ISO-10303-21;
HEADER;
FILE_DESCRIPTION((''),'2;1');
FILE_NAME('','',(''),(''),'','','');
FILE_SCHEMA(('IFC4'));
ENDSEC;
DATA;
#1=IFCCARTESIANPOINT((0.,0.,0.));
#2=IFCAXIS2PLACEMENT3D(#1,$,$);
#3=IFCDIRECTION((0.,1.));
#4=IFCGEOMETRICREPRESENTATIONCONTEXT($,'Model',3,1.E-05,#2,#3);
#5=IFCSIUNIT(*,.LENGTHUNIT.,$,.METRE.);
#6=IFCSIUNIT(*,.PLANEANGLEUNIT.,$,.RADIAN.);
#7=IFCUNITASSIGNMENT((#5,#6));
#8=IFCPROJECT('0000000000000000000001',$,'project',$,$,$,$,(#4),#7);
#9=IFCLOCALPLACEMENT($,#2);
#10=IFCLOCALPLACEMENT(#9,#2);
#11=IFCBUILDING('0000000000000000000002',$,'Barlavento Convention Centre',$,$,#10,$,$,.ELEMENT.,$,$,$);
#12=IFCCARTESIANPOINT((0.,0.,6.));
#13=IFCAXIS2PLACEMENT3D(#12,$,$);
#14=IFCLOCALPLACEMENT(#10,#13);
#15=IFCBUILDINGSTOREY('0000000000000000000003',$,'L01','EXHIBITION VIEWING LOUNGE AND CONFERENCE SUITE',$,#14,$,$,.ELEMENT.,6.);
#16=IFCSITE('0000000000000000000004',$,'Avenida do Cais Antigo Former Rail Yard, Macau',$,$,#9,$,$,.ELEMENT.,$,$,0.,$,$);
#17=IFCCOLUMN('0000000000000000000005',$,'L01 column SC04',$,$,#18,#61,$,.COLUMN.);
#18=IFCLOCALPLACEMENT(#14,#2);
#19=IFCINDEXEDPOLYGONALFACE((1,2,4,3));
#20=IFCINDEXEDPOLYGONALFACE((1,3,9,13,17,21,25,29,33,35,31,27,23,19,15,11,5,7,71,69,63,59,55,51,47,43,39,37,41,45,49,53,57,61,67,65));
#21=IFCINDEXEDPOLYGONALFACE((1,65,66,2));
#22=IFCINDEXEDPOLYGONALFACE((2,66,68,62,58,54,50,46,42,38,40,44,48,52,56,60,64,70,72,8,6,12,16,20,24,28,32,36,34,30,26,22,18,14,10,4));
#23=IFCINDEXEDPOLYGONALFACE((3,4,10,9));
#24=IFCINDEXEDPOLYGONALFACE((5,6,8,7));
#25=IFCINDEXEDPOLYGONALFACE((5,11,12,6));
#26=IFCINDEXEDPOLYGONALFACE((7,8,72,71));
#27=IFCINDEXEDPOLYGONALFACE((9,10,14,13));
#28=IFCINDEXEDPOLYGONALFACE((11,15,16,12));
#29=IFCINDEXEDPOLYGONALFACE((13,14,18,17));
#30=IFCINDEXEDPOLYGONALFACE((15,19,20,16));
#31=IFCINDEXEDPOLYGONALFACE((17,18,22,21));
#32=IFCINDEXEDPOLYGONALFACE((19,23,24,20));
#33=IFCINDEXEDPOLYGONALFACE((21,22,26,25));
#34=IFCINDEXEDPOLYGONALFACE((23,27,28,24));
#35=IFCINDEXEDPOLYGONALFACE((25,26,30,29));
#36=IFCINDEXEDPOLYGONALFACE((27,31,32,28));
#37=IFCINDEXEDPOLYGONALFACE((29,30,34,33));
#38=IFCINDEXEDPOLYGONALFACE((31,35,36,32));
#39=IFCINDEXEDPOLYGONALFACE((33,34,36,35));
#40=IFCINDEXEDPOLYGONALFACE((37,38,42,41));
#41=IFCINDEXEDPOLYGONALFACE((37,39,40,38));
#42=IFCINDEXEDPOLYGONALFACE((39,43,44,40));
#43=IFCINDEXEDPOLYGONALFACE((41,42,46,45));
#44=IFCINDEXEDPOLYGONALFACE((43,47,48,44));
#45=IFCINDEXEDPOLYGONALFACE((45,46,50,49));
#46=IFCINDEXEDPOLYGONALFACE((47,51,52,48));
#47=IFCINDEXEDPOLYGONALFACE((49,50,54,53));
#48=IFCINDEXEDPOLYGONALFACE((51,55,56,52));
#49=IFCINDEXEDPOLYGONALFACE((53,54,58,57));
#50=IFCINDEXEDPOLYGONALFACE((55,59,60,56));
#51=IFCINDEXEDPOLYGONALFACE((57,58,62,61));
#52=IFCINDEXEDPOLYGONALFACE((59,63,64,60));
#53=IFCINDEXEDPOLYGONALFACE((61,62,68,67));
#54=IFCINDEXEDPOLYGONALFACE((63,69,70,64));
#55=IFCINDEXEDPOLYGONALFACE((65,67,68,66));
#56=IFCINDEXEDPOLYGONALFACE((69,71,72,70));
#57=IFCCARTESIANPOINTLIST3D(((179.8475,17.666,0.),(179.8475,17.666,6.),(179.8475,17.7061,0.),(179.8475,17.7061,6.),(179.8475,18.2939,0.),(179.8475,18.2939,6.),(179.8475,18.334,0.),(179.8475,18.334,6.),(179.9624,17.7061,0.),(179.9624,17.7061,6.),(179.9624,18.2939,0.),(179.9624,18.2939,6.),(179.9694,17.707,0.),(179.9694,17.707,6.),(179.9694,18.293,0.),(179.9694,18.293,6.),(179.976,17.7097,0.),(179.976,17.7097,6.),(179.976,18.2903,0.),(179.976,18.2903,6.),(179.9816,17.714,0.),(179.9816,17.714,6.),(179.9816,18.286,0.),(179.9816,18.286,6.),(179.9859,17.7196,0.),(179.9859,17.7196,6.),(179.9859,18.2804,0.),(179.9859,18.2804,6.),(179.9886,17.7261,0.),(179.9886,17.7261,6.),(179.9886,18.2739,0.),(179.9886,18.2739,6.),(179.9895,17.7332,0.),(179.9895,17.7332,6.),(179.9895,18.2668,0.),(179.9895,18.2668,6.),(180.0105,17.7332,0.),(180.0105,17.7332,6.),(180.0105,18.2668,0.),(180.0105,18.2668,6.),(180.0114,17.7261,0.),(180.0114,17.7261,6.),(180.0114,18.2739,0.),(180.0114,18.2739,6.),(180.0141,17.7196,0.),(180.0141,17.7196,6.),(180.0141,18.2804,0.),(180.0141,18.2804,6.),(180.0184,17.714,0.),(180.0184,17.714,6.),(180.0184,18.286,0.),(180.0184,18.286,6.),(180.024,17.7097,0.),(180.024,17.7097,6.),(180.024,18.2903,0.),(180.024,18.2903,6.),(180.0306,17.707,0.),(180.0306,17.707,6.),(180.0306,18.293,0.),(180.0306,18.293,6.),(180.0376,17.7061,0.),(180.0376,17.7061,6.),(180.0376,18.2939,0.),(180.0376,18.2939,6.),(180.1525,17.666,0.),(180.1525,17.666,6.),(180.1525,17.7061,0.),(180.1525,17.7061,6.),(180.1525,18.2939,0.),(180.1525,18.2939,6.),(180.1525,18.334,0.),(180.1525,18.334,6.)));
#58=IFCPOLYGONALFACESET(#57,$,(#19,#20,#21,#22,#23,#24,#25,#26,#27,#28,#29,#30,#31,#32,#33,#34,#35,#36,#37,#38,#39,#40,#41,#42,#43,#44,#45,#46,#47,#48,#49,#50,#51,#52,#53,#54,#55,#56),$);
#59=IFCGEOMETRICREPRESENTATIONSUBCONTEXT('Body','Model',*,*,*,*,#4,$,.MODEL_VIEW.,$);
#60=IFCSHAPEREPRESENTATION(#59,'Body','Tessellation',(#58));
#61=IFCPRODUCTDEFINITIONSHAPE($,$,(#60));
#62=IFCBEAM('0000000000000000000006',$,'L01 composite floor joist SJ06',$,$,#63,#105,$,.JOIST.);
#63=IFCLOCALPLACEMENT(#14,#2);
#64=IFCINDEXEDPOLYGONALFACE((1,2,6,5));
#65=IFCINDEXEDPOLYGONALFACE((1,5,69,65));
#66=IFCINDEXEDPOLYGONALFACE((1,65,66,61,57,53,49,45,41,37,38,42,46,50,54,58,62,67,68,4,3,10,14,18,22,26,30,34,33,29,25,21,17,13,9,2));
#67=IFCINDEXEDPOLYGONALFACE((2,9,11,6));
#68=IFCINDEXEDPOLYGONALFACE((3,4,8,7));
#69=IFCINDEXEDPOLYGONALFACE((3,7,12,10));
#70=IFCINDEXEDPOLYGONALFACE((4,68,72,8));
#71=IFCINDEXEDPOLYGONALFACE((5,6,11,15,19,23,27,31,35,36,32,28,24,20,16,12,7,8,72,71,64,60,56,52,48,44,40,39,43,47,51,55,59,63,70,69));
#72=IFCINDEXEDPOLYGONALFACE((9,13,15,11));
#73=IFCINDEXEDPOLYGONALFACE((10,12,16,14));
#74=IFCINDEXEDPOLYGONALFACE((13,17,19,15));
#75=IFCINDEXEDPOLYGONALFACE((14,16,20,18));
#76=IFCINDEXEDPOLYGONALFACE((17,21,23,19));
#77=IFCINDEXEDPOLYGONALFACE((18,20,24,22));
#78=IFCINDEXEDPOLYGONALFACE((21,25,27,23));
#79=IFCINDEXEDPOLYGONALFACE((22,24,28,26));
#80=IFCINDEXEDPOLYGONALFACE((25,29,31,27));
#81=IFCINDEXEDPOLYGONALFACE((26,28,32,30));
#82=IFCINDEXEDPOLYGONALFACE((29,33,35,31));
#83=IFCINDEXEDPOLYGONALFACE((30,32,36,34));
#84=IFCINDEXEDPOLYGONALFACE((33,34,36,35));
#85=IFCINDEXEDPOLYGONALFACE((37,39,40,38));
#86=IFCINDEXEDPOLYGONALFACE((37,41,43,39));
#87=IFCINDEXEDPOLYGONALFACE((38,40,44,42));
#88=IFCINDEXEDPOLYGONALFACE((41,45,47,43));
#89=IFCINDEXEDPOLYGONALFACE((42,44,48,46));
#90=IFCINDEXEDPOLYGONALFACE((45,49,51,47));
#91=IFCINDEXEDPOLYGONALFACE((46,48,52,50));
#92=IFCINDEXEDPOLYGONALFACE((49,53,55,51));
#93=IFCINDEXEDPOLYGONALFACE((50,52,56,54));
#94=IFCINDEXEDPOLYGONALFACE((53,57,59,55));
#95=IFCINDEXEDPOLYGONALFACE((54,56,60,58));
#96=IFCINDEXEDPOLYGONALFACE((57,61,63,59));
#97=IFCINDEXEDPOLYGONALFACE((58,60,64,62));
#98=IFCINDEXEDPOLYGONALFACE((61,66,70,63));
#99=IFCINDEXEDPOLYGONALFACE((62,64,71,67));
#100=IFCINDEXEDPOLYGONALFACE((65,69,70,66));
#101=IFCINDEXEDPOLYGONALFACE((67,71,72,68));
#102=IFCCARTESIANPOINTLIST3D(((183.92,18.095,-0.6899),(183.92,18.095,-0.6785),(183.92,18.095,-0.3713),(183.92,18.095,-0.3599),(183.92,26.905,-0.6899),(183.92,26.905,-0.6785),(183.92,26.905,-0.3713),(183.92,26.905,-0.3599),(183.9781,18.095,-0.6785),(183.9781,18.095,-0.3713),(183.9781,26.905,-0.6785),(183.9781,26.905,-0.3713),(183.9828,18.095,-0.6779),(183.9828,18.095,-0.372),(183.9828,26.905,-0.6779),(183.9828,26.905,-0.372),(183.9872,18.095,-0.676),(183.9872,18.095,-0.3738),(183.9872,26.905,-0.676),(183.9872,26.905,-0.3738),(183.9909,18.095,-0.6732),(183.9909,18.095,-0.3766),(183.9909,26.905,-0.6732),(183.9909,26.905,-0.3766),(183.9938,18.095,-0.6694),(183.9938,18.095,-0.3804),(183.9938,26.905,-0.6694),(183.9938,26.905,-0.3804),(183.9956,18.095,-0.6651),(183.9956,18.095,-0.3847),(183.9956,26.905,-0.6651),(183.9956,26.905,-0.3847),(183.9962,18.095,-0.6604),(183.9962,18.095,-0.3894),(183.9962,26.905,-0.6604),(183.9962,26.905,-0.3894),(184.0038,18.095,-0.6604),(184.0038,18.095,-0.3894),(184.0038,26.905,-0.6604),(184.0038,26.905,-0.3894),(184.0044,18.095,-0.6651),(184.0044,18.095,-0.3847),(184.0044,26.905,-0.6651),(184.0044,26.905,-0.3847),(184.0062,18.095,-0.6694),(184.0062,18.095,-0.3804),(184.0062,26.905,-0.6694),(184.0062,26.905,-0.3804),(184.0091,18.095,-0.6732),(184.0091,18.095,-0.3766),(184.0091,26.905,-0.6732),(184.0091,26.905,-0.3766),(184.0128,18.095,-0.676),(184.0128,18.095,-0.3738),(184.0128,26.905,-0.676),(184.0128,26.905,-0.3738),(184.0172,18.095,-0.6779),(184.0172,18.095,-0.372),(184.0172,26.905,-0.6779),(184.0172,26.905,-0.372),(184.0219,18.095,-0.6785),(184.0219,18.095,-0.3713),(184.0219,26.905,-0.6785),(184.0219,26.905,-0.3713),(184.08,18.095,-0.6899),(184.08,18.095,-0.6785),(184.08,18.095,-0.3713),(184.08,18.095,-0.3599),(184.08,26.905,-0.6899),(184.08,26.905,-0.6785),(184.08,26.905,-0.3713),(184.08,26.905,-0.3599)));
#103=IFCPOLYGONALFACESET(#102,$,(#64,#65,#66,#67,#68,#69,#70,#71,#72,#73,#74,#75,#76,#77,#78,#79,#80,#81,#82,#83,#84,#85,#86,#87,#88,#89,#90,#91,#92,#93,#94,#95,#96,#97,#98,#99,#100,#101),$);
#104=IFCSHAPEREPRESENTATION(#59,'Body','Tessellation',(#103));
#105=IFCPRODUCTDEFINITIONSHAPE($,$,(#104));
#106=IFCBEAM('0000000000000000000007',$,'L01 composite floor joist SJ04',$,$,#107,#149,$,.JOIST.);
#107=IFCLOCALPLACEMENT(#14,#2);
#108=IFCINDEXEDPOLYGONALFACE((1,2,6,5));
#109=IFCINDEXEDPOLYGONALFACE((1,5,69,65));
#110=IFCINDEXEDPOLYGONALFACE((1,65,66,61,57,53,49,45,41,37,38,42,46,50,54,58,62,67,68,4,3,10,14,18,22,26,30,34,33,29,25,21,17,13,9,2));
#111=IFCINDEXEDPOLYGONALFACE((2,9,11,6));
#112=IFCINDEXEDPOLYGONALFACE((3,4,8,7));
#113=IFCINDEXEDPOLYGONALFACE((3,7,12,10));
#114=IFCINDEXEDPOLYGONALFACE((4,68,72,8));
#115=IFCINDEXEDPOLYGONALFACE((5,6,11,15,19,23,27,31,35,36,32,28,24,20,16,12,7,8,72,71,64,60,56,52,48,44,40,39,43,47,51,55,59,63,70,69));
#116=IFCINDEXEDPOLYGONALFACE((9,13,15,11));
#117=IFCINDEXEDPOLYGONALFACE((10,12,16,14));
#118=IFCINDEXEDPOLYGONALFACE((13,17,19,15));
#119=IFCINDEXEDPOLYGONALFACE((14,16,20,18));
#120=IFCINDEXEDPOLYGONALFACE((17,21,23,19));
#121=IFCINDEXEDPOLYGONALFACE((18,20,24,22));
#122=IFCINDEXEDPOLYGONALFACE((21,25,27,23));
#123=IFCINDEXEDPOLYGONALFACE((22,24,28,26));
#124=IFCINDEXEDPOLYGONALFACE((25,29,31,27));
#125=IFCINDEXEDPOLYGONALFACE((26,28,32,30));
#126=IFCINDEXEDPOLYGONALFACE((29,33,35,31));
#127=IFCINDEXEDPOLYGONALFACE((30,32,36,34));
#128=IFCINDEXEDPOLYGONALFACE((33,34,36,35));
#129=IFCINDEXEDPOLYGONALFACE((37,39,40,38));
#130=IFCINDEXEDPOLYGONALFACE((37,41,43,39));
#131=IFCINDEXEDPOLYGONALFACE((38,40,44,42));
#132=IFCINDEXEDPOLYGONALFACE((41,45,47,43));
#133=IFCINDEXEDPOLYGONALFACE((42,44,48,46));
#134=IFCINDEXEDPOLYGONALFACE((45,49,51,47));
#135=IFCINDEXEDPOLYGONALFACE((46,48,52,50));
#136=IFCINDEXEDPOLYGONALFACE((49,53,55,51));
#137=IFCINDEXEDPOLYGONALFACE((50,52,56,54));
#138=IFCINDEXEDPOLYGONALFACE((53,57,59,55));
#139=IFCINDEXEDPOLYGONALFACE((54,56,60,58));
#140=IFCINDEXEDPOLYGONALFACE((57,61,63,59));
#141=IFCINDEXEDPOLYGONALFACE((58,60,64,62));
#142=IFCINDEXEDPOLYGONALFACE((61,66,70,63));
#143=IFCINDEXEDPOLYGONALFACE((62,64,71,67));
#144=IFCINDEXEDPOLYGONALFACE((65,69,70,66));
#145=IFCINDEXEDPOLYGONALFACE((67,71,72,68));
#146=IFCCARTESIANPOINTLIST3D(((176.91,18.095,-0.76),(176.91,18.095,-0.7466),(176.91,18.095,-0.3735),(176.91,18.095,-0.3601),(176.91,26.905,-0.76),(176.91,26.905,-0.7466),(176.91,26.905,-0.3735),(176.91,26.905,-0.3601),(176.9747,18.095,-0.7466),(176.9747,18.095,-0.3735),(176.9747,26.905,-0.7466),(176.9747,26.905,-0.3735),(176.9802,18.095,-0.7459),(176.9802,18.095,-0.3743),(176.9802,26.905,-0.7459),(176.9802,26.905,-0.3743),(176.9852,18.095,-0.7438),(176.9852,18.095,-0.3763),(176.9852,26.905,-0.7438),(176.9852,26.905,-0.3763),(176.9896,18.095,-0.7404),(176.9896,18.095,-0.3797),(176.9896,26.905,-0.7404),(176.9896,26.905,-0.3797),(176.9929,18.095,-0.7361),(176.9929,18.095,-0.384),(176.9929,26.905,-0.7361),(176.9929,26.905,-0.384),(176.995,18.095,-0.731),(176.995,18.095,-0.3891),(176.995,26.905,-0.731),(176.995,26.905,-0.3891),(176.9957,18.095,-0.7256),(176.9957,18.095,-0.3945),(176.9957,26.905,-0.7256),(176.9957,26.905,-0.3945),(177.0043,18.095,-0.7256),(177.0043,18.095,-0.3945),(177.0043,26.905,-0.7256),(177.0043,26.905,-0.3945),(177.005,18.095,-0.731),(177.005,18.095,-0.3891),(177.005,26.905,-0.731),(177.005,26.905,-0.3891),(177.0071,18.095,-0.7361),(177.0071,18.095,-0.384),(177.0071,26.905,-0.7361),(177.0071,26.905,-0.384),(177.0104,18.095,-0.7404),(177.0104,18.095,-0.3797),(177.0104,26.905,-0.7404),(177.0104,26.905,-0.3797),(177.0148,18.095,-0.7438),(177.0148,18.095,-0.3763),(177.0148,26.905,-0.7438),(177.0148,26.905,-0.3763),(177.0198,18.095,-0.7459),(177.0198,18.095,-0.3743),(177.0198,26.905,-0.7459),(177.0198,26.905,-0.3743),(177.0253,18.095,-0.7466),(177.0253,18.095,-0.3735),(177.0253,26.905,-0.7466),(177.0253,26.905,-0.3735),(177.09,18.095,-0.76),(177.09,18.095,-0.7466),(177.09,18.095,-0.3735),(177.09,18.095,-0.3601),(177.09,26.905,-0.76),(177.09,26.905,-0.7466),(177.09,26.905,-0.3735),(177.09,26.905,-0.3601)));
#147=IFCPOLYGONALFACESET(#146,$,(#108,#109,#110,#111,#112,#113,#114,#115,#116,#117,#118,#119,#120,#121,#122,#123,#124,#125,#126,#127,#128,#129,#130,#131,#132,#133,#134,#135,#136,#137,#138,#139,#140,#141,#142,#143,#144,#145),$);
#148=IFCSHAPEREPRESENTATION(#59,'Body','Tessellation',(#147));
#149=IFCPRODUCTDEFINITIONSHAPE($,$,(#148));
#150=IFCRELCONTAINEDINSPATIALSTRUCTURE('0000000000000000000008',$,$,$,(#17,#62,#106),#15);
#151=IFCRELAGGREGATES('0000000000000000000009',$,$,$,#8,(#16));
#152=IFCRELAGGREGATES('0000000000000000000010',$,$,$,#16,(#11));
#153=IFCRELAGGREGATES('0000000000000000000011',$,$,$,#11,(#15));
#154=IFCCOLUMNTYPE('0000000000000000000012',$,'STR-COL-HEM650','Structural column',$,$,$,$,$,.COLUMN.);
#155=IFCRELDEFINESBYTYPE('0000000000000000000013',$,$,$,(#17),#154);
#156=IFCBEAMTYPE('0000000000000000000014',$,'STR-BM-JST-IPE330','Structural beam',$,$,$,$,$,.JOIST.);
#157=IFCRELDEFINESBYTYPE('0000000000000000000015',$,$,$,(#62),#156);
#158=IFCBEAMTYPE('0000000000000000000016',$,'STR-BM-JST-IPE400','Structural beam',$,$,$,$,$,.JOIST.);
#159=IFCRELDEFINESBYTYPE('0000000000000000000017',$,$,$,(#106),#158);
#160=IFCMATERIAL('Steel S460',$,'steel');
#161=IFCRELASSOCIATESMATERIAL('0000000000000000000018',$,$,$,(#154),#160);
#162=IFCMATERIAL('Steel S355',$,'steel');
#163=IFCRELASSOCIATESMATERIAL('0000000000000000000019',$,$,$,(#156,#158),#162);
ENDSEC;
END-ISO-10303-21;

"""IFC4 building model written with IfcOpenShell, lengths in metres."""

from ifc_helpers import new_model, si_unit, direction, frame, origin, origin_2d, place, context, subcontext, project, spatial, i_section, extrude, material, material_profile, profile_set, type_object, element, save


model = new_model("IFC4")

# Units and contexts
model_context = context("Model", 3, precision=1e-05, world=origin(), true_north=direction((0.0, 1.0)))
body_context = subcontext(model_context, "Body", "Model", "MODEL_VIEW")
ifc_project = project(units=[si_unit("LENGTHUNIT", "METRE"), si_unit("PLANEANGLEUNIT", "RADIAN")], contexts=[model_context])

# Site, building, storey
site_placement = place(None, origin())
site = spatial("IfcSite", under=ifc_project, at=site_placement, Name="Avenida do Cais Antigo Former Rail Yard, Macau", CompositionType="ELEMENT", RefElevation=0.0)
building_placement = place(site_placement, origin())
building = spatial("IfcBuilding", under=site, at=building_placement, Name="Barlavento Convention Centre", CompositionType="ELEMENT")
storey_placement = place(building_placement, frame((0.0, 0.0, 6.0)))
storey = spatial("IfcBuildingStorey", under=building, at=storey_placement, Name="L01", Description="EXHIBITION VIEWING LOUNGE AND CONFERENCE SUITE", CompositionType="ELEMENT", Elevation=6.0)

# Column
ifc_material_1 = material(Name="Steel S460", Category="steel")
ifc_material_profile_1 = material_profile(ifc_material_1, i_section(OverallWidth=0.3049, OverallDepth=0.668, WebThickness=0.021, FlangeThickness=0.04, FilletRadius=0.0271, at=origin_2d()), Name="HEM 650")
ifc_profile_set_1 = profile_set([ifc_material_profile_1], Name="Steel S460")
column_type = type_object("IfcColumnType", Name="STR-COL-HEM650", Description="Structural column", PredefinedType="COLUMN", material=ifc_profile_set_1)
column_placement = place(storey_placement, frame((180.0, 18.0, 0.0), z_axis=(0.0, 0.0, 1.0), x_axis=(1.0, 0.0, 0.0)))
element("IfcColumn", 1, at=column_placement, inside=storey, type_object=column_type, Name="L01 column SC04", PredefinedType="COLUMN", context=body_context, shape_type="SweptSolid", body=[
    extrude(i_section(OverallWidth=0.3049, OverallDepth=0.668, WebThickness=0.021, FlangeThickness=0.04, FilletRadius=0.0271, at=origin_2d()), origin(), (0.0, 0.0, 1.0), 6.0),
])

# Beams
ifc_material_2 = material(Name="Steel S355", Category="steel")
ifc_material_profile_2 = material_profile(ifc_material_2, i_section(OverallWidth=0.1599, OverallDepth=0.3301, WebThickness=0.0076, FlangeThickness=0.0115, FilletRadius=0.0181, at=origin_2d()), Name="IPE 330")
ifc_profile_set_2 = profile_set([ifc_material_profile_2], Name="Steel S355")
beam_type_1 = type_object("IfcBeamType", Name="STR-BM-JST-IPE330", Description="Structural beam", PredefinedType="JOIST", material=ifc_profile_set_2)
beam_1_placement = place(storey_placement, frame((184.0, 18.095, -0.5249), z_axis=(0.0, 1.0, 0.0), x_axis=(-1.0, 0.0, 0.0)))
element("IfcBeam", 2, at=beam_1_placement, inside=storey, type_object=beam_type_1, Name="L01 composite floor joist SJ06", PredefinedType="JOIST", context=body_context, shape_type="SweptSolid", body=[
    extrude(i_section(OverallWidth=0.1599, OverallDepth=0.3301, WebThickness=0.0076, FlangeThickness=0.0115, FilletRadius=0.0181, at=origin_2d()), origin(), (0.0, 0.0, 1.0), 8.8101),
])
ifc_material_profile_3 = material_profile(ifc_material_2, i_section(OverallWidth=0.1799, OverallDepth=0.3999, WebThickness=0.0085, FlangeThickness=0.0134, FilletRadius=0.021, at=origin_2d()), Name="IPE 400")
ifc_profile_set_3 = profile_set([ifc_material_profile_3], Name="Steel S355")
beam_type_2 = type_object("IfcBeamType", Name="STR-BM-JST-IPE400", Description="Structural beam", PredefinedType="JOIST", material=ifc_profile_set_3)
beam_2_placement = place(storey_placement, frame((177.0, 18.095, -0.5601), z_axis=(0.0, 1.0, 0.0), x_axis=(-1.0, 0.0, 0.0)))
element("IfcBeam", 3, at=beam_2_placement, inside=storey, type_object=beam_type_2, Name="L01 composite floor joist SJ04", PredefinedType="JOIST", context=body_context, shape_type="SweptSolid", body=[
    extrude(i_section(OverallWidth=0.1799, OverallDepth=0.3999, WebThickness=0.0085, FlangeThickness=0.0134, FilletRadius=0.021, at=origin_2d()), origin(), (0.0, 0.0, 1.0), 8.8101),
])

save(model, "model.ifc")
